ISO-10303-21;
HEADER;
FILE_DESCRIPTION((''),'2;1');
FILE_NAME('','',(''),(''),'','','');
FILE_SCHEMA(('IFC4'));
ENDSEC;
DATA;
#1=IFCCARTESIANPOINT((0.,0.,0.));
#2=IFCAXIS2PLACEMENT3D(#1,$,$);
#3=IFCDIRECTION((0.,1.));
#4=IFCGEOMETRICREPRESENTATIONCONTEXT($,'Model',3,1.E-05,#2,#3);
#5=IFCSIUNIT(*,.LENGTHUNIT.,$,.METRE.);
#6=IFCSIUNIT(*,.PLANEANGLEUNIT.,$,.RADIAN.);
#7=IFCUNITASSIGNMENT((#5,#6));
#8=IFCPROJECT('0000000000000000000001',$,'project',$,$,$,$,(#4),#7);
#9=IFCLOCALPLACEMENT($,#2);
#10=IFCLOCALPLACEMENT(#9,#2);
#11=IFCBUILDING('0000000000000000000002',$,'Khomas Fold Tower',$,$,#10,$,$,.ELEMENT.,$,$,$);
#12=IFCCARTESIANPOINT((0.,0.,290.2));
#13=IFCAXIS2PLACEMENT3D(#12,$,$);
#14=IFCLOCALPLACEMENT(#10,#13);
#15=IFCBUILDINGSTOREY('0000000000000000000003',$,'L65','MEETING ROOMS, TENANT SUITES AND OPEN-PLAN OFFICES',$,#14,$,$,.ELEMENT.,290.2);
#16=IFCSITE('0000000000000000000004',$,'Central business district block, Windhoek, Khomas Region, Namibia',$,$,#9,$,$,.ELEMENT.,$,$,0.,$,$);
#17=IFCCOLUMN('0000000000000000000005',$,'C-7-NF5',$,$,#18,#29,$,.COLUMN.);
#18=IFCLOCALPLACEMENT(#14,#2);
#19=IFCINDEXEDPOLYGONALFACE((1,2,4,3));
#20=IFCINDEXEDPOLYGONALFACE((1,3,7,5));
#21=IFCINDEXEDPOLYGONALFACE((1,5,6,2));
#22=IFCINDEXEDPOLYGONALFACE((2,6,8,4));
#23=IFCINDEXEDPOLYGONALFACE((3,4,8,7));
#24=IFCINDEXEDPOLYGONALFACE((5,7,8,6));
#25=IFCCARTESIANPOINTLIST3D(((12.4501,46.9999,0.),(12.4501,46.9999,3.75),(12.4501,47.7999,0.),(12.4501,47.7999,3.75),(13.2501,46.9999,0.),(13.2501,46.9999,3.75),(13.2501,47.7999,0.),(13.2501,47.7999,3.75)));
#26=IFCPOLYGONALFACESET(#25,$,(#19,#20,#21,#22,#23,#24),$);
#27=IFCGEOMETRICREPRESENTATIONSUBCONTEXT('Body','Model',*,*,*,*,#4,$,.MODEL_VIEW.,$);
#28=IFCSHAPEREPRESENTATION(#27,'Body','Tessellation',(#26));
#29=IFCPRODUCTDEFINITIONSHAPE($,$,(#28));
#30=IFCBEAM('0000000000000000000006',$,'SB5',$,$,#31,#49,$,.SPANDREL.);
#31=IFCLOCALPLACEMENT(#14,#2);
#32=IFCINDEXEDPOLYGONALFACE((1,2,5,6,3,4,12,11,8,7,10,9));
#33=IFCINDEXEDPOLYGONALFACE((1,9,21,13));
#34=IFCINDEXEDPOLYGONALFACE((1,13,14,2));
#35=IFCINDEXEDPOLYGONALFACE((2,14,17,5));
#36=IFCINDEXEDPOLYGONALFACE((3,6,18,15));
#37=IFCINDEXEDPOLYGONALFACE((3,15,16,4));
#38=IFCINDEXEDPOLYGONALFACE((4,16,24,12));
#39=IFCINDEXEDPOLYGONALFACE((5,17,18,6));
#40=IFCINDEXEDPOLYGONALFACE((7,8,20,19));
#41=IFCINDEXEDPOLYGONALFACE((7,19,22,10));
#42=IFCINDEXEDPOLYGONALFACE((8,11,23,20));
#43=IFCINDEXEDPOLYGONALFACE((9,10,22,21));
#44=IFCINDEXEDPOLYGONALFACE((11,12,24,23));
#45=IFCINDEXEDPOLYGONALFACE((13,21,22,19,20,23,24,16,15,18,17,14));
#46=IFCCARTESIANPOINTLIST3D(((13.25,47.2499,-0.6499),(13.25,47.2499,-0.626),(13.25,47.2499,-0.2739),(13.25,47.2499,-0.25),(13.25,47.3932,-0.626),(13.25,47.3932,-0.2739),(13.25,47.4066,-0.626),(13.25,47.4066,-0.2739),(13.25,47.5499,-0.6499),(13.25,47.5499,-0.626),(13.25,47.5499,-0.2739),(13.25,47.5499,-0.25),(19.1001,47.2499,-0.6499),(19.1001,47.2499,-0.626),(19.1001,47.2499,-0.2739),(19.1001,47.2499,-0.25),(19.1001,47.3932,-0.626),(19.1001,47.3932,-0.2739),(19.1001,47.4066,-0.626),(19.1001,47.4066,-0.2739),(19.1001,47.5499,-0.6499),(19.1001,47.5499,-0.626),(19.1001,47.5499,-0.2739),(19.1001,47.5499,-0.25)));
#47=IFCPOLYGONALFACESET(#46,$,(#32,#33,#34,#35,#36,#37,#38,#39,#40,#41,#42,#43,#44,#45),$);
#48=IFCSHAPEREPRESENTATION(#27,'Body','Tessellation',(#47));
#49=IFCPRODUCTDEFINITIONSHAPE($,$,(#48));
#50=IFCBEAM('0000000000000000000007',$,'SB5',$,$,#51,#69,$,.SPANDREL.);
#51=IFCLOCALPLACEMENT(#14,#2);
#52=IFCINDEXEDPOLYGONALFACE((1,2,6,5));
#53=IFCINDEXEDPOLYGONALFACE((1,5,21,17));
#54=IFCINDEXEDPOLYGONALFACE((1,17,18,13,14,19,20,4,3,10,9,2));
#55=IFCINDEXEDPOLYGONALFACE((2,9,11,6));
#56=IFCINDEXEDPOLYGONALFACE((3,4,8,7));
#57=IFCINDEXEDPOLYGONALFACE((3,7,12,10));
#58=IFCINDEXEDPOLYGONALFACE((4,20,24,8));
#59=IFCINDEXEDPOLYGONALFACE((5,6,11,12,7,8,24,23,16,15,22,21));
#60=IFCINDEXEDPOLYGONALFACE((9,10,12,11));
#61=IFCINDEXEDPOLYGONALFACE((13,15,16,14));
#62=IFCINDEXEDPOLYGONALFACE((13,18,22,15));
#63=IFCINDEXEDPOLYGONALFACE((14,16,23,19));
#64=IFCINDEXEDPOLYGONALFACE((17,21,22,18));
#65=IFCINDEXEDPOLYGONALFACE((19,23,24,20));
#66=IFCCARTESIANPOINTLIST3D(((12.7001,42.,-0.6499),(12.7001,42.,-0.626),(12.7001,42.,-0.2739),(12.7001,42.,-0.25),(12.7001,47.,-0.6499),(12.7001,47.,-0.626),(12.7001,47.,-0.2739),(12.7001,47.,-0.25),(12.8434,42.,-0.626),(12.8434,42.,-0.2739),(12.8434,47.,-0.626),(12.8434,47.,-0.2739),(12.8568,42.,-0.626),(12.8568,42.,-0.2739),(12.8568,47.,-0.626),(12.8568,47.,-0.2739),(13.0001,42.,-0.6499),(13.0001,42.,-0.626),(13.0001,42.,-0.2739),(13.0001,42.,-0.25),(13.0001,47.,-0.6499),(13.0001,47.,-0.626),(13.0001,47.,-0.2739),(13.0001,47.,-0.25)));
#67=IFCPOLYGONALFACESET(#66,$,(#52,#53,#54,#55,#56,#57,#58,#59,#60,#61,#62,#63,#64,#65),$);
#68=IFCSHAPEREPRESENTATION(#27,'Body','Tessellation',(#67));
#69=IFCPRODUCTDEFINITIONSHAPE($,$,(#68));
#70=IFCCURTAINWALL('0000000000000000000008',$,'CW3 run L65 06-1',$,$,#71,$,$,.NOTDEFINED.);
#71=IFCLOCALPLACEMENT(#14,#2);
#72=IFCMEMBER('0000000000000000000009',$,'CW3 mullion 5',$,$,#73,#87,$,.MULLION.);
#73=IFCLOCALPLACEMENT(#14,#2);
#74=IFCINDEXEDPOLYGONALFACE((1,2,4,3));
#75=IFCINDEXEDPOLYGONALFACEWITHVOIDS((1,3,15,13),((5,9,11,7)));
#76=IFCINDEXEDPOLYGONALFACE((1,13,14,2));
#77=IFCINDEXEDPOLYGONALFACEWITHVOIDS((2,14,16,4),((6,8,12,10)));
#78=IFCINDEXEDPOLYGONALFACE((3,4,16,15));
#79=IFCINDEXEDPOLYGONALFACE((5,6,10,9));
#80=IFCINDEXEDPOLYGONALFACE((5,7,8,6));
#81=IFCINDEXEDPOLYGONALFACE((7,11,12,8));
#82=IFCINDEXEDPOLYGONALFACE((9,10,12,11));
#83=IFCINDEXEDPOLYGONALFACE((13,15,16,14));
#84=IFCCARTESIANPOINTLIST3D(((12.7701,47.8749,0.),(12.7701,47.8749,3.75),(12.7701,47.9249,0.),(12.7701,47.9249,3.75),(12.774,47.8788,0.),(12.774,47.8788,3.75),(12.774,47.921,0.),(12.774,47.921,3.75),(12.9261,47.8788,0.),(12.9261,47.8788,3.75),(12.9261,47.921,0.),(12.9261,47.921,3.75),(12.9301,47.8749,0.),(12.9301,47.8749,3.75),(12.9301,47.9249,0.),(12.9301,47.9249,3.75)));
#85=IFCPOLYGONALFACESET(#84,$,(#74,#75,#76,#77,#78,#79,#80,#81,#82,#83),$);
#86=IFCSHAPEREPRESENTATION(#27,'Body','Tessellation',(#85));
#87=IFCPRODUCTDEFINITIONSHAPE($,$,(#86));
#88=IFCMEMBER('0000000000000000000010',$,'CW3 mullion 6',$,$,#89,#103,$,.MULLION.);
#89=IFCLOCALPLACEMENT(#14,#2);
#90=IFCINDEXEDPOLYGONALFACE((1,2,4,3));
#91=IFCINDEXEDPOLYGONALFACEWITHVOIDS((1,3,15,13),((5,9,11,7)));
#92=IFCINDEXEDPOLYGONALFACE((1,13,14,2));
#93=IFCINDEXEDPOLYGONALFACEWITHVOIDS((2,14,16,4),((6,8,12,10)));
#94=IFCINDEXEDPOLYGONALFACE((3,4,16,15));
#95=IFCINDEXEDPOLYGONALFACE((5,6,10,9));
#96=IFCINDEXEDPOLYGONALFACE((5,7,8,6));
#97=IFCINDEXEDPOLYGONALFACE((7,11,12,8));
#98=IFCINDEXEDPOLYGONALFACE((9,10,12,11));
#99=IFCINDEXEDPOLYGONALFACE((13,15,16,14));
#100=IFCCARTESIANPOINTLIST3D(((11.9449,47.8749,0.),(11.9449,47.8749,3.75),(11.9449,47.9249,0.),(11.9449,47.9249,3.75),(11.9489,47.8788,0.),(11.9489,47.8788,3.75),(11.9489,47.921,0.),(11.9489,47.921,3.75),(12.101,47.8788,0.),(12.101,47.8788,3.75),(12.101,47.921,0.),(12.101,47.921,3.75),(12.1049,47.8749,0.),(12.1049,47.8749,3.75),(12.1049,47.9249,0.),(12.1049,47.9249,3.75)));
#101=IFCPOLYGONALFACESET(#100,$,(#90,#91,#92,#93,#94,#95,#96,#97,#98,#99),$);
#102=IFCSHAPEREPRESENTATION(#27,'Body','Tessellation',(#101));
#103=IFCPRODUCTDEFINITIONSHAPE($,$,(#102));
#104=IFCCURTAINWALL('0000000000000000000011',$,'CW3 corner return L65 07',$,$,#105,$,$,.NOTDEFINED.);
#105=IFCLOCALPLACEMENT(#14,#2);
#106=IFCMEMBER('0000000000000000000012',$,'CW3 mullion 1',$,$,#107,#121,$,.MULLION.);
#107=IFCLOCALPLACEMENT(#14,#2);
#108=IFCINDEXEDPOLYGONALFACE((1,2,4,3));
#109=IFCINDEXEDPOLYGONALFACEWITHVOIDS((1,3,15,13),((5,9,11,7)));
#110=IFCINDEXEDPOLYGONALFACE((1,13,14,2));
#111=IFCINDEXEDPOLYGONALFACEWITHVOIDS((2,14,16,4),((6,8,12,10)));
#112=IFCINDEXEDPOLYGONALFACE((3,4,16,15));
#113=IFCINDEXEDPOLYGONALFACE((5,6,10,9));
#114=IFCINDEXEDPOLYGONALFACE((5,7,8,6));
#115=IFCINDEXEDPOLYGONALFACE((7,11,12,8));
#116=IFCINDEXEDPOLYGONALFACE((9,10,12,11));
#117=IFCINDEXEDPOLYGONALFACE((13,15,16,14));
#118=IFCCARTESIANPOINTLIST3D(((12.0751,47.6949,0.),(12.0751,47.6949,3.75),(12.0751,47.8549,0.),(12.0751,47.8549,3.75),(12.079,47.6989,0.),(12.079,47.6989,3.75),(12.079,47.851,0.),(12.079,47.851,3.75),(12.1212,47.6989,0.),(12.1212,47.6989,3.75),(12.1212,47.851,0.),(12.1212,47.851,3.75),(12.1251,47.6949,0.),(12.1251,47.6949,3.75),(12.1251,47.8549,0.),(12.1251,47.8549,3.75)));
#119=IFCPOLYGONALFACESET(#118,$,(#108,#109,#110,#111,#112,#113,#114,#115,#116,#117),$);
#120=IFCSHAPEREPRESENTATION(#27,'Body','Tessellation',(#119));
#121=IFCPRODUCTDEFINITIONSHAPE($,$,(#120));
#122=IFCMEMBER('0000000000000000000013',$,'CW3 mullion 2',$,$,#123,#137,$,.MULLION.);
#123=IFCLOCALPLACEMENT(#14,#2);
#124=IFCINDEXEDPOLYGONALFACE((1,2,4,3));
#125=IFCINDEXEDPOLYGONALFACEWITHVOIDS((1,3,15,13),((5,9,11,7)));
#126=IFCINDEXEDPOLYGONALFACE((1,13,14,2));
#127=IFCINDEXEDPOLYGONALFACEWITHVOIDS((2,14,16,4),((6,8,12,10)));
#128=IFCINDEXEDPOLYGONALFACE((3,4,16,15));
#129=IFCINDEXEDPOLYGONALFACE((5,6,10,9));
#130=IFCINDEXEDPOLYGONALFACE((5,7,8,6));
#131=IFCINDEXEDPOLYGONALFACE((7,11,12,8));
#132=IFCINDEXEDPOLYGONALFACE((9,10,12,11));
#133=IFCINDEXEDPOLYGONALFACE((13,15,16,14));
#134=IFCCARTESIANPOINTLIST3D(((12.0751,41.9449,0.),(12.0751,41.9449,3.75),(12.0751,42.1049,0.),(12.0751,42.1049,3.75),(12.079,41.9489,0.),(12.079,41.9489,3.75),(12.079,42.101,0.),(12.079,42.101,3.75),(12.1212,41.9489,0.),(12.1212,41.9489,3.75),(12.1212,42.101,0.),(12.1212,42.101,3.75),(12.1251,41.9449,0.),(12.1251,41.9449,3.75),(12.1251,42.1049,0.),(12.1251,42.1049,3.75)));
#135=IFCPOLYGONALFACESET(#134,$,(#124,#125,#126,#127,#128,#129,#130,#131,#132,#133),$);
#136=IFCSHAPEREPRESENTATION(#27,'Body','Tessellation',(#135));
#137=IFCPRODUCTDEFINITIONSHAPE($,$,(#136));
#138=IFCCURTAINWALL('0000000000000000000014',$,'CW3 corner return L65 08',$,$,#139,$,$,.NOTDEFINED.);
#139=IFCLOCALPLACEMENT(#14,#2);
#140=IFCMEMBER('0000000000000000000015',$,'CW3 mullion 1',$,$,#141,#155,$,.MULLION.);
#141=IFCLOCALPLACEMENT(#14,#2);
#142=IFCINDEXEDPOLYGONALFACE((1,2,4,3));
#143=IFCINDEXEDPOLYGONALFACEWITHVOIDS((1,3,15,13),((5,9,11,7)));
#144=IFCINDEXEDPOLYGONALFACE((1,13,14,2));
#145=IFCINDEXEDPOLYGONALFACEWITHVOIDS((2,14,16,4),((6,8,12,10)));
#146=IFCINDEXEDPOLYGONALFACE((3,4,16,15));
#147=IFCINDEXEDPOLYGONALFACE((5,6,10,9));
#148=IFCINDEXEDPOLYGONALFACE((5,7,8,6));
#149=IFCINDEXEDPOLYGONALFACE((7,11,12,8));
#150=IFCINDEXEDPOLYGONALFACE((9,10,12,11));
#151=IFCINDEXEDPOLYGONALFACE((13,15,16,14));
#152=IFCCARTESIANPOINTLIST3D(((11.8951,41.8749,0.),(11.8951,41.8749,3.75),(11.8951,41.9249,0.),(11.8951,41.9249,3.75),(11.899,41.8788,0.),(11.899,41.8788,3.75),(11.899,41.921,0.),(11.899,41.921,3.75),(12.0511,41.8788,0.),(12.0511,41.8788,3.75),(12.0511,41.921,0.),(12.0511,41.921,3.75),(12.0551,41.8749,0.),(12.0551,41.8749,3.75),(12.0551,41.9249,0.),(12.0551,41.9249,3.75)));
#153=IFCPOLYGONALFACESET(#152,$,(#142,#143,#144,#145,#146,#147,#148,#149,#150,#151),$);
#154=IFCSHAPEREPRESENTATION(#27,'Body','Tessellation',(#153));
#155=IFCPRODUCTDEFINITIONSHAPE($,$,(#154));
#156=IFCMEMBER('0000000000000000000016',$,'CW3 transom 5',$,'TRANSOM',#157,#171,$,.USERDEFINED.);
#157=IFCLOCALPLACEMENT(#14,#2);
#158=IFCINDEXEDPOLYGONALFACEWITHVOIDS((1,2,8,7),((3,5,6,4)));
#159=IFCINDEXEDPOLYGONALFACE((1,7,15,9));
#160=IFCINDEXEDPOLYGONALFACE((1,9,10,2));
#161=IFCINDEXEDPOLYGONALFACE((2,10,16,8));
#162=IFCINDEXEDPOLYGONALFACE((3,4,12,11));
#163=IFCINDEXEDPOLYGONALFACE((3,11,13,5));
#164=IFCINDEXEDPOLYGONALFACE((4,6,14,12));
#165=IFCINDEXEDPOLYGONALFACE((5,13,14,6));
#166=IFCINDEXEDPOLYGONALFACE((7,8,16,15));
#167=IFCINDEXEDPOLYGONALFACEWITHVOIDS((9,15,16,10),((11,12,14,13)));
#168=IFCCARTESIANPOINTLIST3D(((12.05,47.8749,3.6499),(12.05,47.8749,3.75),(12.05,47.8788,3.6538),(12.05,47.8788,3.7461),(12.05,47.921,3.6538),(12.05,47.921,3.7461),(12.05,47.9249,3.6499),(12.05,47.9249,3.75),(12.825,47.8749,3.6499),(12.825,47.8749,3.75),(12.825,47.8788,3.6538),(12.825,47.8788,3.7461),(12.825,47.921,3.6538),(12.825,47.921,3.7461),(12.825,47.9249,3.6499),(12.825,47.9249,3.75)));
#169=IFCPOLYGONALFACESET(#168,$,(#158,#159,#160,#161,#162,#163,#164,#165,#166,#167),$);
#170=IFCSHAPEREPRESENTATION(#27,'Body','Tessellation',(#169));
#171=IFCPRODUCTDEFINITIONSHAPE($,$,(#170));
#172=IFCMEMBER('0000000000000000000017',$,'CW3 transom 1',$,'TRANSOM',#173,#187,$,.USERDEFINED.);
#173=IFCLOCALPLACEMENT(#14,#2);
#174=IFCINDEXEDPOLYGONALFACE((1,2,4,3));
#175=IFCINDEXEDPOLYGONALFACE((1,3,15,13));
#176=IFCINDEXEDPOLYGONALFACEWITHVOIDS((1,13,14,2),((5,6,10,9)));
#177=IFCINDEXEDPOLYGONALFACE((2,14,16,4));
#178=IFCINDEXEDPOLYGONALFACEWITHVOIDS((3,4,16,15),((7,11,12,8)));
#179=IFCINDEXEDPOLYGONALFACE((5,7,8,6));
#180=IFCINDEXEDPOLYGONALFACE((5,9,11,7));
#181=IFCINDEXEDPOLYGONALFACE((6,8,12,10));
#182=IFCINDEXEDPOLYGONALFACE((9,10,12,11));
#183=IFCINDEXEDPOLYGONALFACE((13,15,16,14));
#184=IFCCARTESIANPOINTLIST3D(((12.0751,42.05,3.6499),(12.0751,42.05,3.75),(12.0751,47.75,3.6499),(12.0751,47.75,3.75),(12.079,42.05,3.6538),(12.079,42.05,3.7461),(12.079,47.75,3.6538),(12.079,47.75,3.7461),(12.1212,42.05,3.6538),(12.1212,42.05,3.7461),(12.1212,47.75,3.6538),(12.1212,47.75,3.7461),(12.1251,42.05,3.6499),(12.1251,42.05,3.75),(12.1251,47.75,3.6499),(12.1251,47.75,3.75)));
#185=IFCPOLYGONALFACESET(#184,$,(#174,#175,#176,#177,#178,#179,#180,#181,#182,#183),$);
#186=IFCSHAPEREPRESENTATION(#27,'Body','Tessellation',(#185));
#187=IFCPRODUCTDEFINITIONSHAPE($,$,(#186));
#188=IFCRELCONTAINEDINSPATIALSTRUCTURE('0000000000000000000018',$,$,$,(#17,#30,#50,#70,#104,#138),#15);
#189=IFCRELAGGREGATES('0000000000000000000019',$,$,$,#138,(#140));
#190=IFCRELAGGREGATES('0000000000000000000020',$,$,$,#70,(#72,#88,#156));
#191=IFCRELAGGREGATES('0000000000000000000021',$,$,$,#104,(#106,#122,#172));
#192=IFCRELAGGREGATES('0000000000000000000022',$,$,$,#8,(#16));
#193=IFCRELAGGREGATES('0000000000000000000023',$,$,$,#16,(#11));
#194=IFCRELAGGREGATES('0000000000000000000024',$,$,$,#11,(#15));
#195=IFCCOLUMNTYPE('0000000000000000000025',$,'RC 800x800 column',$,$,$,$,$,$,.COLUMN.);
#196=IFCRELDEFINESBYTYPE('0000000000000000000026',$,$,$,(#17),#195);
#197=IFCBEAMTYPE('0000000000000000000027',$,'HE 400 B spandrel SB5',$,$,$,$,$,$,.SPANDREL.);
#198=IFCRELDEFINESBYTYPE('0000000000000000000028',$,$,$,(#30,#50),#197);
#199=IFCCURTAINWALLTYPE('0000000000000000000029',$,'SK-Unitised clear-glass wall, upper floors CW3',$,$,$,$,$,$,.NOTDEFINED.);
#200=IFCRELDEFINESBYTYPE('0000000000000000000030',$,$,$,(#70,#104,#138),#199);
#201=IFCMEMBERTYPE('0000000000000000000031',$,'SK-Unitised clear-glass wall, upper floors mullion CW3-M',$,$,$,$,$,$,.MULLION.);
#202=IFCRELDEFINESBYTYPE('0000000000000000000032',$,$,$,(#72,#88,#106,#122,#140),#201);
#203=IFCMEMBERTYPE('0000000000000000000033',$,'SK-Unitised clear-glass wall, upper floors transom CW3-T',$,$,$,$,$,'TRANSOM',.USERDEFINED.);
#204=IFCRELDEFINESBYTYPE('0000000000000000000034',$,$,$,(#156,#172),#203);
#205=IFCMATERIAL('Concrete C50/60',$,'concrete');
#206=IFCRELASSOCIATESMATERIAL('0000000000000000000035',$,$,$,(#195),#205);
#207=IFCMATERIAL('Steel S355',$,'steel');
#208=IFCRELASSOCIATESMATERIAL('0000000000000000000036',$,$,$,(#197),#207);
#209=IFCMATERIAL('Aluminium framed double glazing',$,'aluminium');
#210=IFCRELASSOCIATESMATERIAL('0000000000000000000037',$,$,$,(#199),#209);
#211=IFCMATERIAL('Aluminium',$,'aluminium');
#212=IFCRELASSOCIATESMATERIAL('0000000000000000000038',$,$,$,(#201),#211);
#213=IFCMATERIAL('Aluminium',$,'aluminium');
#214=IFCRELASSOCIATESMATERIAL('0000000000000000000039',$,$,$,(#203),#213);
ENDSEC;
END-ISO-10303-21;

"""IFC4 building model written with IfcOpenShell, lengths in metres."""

from ifc_helpers import new_model, si_unit, direction, frame, origin, origin_2d, place, context, subcontext, project, spatial, rectangle, hollow_rectangle, i_section, extrude, source, transform, mapped, material, material_profile, profile_set, type_object, element, aggregate, save


model = new_model("IFC4")

# Units and contexts
model_context = context("Model", 3, precision=1e-05, world=origin(), true_north=direction((0.0, 1.0)))
body_context = subcontext(model_context, "Body", "Model", "MODEL_VIEW")
ifc_project = project(units=[si_unit("LENGTHUNIT", "METRE"), si_unit("PLANEANGLEUNIT", "RADIAN")], contexts=[model_context])

# Site, building, storey
site_placement = place(None, origin())
site = spatial("IfcSite", under=ifc_project, at=site_placement, Name="Central business district block, Windhoek, Khomas Region, Namibia", CompositionType="ELEMENT", RefElevation=0.0)
building_placement = place(site_placement, origin())
building = spatial("IfcBuilding", under=site, at=building_placement, Name="Khomas Fold Tower", CompositionType="ELEMENT")
storey_placement = place(building_placement, frame((0.0, 0.0, 290.2)))
storey = spatial("IfcBuildingStorey", under=building, at=storey_placement, Name="L65", Description="MEETING ROOMS, TENANT SUITES AND OPEN-PLAN OFFICES", CompositionType="ELEMENT", Elevation=290.2)

# Column
ifc_material_1 = material(Name="Concrete C50/60", Category="concrete")
ifc_material_profile_1 = material_profile(ifc_material_1, rectangle(XDim=0.8, YDim=0.8, at=origin_2d()), Name="RC 800x800")
ifc_profile_set_1 = profile_set([ifc_material_profile_1], Name="Concrete C50/60")
column_type = type_object("IfcColumnType", Name="RC 800x800 column", PredefinedType="COLUMN", material=ifc_profile_set_1)
shared_shape_1 = source(origin(), body_context, "Body", "SweptSolid", [
    extrude(rectangle(XDim=0.8, YDim=0.8, at=origin_2d()), origin(), (0.0, 0.0, 1.0), 3.75),
])
column_placement = place(storey_placement, frame((12.8501, 47.3999, 0.0), z_axis=(0.0, 0.0, 1.0), x_axis=(1.0, 0.0, 0.0)))
element("IfcColumn", 1, at=column_placement, inside=storey, type_object=column_type, Name="C-7-NF5", PredefinedType="COLUMN", context=body_context, shape_type="MappedRepresentation", body=[
    mapped(shared_shape_1, transform((0.0, 0.0, 0.0))),
])

# Beams
ifc_material_2 = material(Name="Steel S355", Category="steel")
ifc_material_profile_2 = material_profile(ifc_material_2, i_section(OverallWidth=0.3, OverallDepth=0.3999, WebThickness=0.0134, FlangeThickness=0.0239, at=origin_2d()), Name="HE 400 B")
ifc_profile_set_2 = profile_set([ifc_material_profile_2], Name="Steel S355")
beam_type = type_object("IfcBeamType", Name="HE 400 B spandrel SB5", PredefinedType="SPANDREL", material=ifc_profile_set_2)
shared_shape_2 = source(origin(), body_context, "Body", "SweptSolid", [
    extrude(i_section(OverallWidth=0.3, OverallDepth=0.3999, WebThickness=0.0134, FlangeThickness=0.0239, at=origin_2d()), origin(), (0.0, 0.0, 1.0), 5.8501),
])
beam_1_placement = place(storey_placement, frame((13.25, 47.3999, -0.45), z_axis=(1.0, 0.0, 0.0), x_axis=(0.0, 1.0, 0.0)))
element("IfcBeam", 2, at=beam_1_placement, inside=storey, type_object=beam_type, Name="SB5", PredefinedType="SPANDREL", context=body_context, shape_type="MappedRepresentation", body=[
    mapped(shared_shape_2, transform((0.0, 0.0, 0.0))),
])
shared_shape_3 = source(origin(), body_context, "Body", "SweptSolid", [
    extrude(i_section(OverallWidth=0.3, OverallDepth=0.3999, WebThickness=0.0134, FlangeThickness=0.0239, at=origin_2d()), origin(), (0.0, 0.0, 1.0), 5.0),
])
beam_2_placement = place(storey_placement, frame((12.8501, 42.0, -0.45), z_axis=(0.0, 1.0, 0.0), x_axis=(-1.0, 0.0, 0.0)))
element("IfcBeam", 3, at=beam_2_placement, inside=storey, type_object=beam_type, Name="SB5", PredefinedType="SPANDREL", context=body_context, shape_type="MappedRepresentation", body=[
    mapped(shared_shape_3, transform((0.0, 0.0, 0.0))),
])

# Curtain walls, members
ifc_material_3 = material(Name="Aluminium framed double glazing", Category="aluminium")
curtain_wall_type = type_object("IfcCurtainWallType", Name="SK-Unitised clear-glass wall, upper floors CW3", PredefinedType="NOTDEFINED", material=ifc_material_3)
curtain_wall_1_placement = place(storey_placement, origin())
curtain_wall_1 = element("IfcCurtainWall", 4, at=curtain_wall_1_placement, inside=storey, type_object=curtain_wall_type, Name="CW3 run L65 06-1", PredefinedType="NOTDEFINED")
ifc_material_4 = material(Name="Aluminium", Category="aluminium")
ifc_material_profile_3 = material_profile(ifc_material_4, hollow_rectangle(XDim=0.05, YDim=0.1599, WallThickness=0.0039, at=origin_2d()), Name="SK-Unitised clear-glass wall, upper floors mullion CW3-M")
ifc_profile_set_3 = profile_set([ifc_material_profile_3], Name="Aluminium")
member_type_1 = type_object("IfcMemberType", Name="SK-Unitised clear-glass wall, upper floors mullion CW3-M", PredefinedType="MULLION", material=ifc_profile_set_3)
shared_shape_4 = source(origin(), body_context, "Body", "SweptSolid", [
    extrude(hollow_rectangle(XDim=0.05, YDim=0.1599, WallThickness=0.0039, at=origin_2d()), origin(), (0.0, 0.0, 1.0), 3.75),
])
member_1_placement = place(storey_placement, frame((12.8501, 47.8999, 0.0), z_axis=(0.0, 0.0, 1.0), x_axis=(0.0, -1.0, 0.0)))
member_1 = element("IfcMember", 5, at=member_1_placement, type_object=member_type_1, Name="CW3 mullion 5", PredefinedType="MULLION", context=body_context, shape_type="MappedRepresentation", body=[
    mapped(shared_shape_4, transform((0.0, 0.0, 0.0))),
])
member_2_placement = place(storey_placement, frame((12.0249, 47.8999, 0.0), z_axis=(0.0, 0.0, 1.0), x_axis=(0.0, -1.0, 0.0)))
member_2 = element("IfcMember", 6, at=member_2_placement, type_object=member_type_1, Name="CW3 mullion 6", PredefinedType="MULLION", context=body_context, shape_type="MappedRepresentation", body=[
    mapped(shared_shape_4, transform((0.0, 0.0, 0.0))),
])
curtain_wall_2_placement = place(storey_placement, origin())
curtain_wall_2 = element("IfcCurtainWall", 7, at=curtain_wall_2_placement, inside=storey, type_object=curtain_wall_type, Name="CW3 corner return L65 07", PredefinedType="NOTDEFINED")
member_3_placement = place(storey_placement, frame((12.1001, 47.7749, 0.0), z_axis=(0.0, 0.0, 1.0), x_axis=(1.0, 0.0, 0.0)))
member_3 = element("IfcMember", 8, at=member_3_placement, type_object=member_type_1, Name="CW3 mullion 1", PredefinedType="MULLION", context=body_context, shape_type="MappedRepresentation", body=[
    mapped(shared_shape_4, transform((0.0, 0.0, 0.0))),
])
member_4_placement = place(storey_placement, frame((12.1001, 42.0249, 0.0), z_axis=(0.0, 0.0, 1.0), x_axis=(1.0, 0.0, 0.0)))
member_4 = element("IfcMember", 9, at=member_4_placement, type_object=member_type_1, Name="CW3 mullion 2", PredefinedType="MULLION", context=body_context, shape_type="MappedRepresentation", body=[
    mapped(shared_shape_4, transform((0.0, 0.0, 0.0))),
])

# Curtain wall, member
curtain_wall_3_placement = place(storey_placement, origin())
curtain_wall_3 = element("IfcCurtainWall", 10, at=curtain_wall_3_placement, inside=storey, type_object=curtain_wall_type, Name="CW3 corner return L65 08", PredefinedType="NOTDEFINED")
member_5_placement = place(storey_placement, frame((11.9751, 41.8999, 0.0), z_axis=(0.0, 0.0, 1.0), x_axis=(0.0, -1.0, 0.0)))
member_5 = element("IfcMember", 11, at=member_5_placement, type_object=member_type_1, Name="CW3 mullion 1", PredefinedType="MULLION", context=body_context, shape_type="MappedRepresentation", body=[
    mapped(shared_shape_4, transform((0.0, 0.0, 0.0))),
])
aggregate(curtain_wall_3, [member_5])

# Members
ifc_material_5 = material(Name="Aluminium", Category="aluminium")
ifc_material_profile_4 = material_profile(ifc_material_5, hollow_rectangle(XDim=0.05, YDim=0.1001, WallThickness=0.0039, at=origin_2d()), Name="SK-Unitised clear-glass wall, upper floors transom CW3-T")
ifc_profile_set_4 = profile_set([ifc_material_profile_4], Name="Aluminium")
member_type_2 = type_object("IfcMemberType", Name="SK-Unitised clear-glass wall, upper floors transom CW3-T", ElementType="TRANSOM", PredefinedType="USERDEFINED", material=ifc_profile_set_4)
shared_shape_5 = source(origin(), body_context, "Body", "SweptSolid", [
    extrude(hollow_rectangle(XDim=0.05, YDim=0.1001, WallThickness=0.0039, at=origin_2d()), origin(), (0.0, 0.0, 1.0), 0.7749),
])
member_6_placement = place(storey_placement, frame((12.825, 47.8999, 3.7), z_axis=(-1.0, 0.0, 0.0), x_axis=(0.0, -1.0, 0.0)))
member_6 = element("IfcMember", 12, at=member_6_placement, type_object=member_type_2, Name="CW3 transom 5", ObjectType="TRANSOM", PredefinedType="USERDEFINED", context=body_context, shape_type="MappedRepresentation", body=[
    mapped(shared_shape_5, transform((0.0, 0.0, 0.0))),
])
shared_shape_6 = source(origin(), body_context, "Body", "SweptSolid", [
    extrude(hollow_rectangle(XDim=0.05, YDim=0.1001, WallThickness=0.0039, at=origin_2d()), origin(), (0.0, 0.0, 1.0), 5.7),
])
member_7_placement = place(storey_placement, frame((12.1001, 47.75, 3.7), z_axis=(0.0, -1.0, 0.0), x_axis=(1.0, 0.0, 0.0)))
member_7 = element("IfcMember", 13, at=member_7_placement, type_object=member_type_2, Name="CW3 transom 1", ObjectType="TRANSOM", PredefinedType="USERDEFINED", context=body_context, shape_type="MappedRepresentation", body=[
    mapped(shared_shape_6, transform((0.0, 0.0, 0.0))),
])

aggregate(curtain_wall_1, [member_1, member_2, member_6])
aggregate(curtain_wall_2, [member_3, member_4, member_7])

save(model, "model.ifc")
